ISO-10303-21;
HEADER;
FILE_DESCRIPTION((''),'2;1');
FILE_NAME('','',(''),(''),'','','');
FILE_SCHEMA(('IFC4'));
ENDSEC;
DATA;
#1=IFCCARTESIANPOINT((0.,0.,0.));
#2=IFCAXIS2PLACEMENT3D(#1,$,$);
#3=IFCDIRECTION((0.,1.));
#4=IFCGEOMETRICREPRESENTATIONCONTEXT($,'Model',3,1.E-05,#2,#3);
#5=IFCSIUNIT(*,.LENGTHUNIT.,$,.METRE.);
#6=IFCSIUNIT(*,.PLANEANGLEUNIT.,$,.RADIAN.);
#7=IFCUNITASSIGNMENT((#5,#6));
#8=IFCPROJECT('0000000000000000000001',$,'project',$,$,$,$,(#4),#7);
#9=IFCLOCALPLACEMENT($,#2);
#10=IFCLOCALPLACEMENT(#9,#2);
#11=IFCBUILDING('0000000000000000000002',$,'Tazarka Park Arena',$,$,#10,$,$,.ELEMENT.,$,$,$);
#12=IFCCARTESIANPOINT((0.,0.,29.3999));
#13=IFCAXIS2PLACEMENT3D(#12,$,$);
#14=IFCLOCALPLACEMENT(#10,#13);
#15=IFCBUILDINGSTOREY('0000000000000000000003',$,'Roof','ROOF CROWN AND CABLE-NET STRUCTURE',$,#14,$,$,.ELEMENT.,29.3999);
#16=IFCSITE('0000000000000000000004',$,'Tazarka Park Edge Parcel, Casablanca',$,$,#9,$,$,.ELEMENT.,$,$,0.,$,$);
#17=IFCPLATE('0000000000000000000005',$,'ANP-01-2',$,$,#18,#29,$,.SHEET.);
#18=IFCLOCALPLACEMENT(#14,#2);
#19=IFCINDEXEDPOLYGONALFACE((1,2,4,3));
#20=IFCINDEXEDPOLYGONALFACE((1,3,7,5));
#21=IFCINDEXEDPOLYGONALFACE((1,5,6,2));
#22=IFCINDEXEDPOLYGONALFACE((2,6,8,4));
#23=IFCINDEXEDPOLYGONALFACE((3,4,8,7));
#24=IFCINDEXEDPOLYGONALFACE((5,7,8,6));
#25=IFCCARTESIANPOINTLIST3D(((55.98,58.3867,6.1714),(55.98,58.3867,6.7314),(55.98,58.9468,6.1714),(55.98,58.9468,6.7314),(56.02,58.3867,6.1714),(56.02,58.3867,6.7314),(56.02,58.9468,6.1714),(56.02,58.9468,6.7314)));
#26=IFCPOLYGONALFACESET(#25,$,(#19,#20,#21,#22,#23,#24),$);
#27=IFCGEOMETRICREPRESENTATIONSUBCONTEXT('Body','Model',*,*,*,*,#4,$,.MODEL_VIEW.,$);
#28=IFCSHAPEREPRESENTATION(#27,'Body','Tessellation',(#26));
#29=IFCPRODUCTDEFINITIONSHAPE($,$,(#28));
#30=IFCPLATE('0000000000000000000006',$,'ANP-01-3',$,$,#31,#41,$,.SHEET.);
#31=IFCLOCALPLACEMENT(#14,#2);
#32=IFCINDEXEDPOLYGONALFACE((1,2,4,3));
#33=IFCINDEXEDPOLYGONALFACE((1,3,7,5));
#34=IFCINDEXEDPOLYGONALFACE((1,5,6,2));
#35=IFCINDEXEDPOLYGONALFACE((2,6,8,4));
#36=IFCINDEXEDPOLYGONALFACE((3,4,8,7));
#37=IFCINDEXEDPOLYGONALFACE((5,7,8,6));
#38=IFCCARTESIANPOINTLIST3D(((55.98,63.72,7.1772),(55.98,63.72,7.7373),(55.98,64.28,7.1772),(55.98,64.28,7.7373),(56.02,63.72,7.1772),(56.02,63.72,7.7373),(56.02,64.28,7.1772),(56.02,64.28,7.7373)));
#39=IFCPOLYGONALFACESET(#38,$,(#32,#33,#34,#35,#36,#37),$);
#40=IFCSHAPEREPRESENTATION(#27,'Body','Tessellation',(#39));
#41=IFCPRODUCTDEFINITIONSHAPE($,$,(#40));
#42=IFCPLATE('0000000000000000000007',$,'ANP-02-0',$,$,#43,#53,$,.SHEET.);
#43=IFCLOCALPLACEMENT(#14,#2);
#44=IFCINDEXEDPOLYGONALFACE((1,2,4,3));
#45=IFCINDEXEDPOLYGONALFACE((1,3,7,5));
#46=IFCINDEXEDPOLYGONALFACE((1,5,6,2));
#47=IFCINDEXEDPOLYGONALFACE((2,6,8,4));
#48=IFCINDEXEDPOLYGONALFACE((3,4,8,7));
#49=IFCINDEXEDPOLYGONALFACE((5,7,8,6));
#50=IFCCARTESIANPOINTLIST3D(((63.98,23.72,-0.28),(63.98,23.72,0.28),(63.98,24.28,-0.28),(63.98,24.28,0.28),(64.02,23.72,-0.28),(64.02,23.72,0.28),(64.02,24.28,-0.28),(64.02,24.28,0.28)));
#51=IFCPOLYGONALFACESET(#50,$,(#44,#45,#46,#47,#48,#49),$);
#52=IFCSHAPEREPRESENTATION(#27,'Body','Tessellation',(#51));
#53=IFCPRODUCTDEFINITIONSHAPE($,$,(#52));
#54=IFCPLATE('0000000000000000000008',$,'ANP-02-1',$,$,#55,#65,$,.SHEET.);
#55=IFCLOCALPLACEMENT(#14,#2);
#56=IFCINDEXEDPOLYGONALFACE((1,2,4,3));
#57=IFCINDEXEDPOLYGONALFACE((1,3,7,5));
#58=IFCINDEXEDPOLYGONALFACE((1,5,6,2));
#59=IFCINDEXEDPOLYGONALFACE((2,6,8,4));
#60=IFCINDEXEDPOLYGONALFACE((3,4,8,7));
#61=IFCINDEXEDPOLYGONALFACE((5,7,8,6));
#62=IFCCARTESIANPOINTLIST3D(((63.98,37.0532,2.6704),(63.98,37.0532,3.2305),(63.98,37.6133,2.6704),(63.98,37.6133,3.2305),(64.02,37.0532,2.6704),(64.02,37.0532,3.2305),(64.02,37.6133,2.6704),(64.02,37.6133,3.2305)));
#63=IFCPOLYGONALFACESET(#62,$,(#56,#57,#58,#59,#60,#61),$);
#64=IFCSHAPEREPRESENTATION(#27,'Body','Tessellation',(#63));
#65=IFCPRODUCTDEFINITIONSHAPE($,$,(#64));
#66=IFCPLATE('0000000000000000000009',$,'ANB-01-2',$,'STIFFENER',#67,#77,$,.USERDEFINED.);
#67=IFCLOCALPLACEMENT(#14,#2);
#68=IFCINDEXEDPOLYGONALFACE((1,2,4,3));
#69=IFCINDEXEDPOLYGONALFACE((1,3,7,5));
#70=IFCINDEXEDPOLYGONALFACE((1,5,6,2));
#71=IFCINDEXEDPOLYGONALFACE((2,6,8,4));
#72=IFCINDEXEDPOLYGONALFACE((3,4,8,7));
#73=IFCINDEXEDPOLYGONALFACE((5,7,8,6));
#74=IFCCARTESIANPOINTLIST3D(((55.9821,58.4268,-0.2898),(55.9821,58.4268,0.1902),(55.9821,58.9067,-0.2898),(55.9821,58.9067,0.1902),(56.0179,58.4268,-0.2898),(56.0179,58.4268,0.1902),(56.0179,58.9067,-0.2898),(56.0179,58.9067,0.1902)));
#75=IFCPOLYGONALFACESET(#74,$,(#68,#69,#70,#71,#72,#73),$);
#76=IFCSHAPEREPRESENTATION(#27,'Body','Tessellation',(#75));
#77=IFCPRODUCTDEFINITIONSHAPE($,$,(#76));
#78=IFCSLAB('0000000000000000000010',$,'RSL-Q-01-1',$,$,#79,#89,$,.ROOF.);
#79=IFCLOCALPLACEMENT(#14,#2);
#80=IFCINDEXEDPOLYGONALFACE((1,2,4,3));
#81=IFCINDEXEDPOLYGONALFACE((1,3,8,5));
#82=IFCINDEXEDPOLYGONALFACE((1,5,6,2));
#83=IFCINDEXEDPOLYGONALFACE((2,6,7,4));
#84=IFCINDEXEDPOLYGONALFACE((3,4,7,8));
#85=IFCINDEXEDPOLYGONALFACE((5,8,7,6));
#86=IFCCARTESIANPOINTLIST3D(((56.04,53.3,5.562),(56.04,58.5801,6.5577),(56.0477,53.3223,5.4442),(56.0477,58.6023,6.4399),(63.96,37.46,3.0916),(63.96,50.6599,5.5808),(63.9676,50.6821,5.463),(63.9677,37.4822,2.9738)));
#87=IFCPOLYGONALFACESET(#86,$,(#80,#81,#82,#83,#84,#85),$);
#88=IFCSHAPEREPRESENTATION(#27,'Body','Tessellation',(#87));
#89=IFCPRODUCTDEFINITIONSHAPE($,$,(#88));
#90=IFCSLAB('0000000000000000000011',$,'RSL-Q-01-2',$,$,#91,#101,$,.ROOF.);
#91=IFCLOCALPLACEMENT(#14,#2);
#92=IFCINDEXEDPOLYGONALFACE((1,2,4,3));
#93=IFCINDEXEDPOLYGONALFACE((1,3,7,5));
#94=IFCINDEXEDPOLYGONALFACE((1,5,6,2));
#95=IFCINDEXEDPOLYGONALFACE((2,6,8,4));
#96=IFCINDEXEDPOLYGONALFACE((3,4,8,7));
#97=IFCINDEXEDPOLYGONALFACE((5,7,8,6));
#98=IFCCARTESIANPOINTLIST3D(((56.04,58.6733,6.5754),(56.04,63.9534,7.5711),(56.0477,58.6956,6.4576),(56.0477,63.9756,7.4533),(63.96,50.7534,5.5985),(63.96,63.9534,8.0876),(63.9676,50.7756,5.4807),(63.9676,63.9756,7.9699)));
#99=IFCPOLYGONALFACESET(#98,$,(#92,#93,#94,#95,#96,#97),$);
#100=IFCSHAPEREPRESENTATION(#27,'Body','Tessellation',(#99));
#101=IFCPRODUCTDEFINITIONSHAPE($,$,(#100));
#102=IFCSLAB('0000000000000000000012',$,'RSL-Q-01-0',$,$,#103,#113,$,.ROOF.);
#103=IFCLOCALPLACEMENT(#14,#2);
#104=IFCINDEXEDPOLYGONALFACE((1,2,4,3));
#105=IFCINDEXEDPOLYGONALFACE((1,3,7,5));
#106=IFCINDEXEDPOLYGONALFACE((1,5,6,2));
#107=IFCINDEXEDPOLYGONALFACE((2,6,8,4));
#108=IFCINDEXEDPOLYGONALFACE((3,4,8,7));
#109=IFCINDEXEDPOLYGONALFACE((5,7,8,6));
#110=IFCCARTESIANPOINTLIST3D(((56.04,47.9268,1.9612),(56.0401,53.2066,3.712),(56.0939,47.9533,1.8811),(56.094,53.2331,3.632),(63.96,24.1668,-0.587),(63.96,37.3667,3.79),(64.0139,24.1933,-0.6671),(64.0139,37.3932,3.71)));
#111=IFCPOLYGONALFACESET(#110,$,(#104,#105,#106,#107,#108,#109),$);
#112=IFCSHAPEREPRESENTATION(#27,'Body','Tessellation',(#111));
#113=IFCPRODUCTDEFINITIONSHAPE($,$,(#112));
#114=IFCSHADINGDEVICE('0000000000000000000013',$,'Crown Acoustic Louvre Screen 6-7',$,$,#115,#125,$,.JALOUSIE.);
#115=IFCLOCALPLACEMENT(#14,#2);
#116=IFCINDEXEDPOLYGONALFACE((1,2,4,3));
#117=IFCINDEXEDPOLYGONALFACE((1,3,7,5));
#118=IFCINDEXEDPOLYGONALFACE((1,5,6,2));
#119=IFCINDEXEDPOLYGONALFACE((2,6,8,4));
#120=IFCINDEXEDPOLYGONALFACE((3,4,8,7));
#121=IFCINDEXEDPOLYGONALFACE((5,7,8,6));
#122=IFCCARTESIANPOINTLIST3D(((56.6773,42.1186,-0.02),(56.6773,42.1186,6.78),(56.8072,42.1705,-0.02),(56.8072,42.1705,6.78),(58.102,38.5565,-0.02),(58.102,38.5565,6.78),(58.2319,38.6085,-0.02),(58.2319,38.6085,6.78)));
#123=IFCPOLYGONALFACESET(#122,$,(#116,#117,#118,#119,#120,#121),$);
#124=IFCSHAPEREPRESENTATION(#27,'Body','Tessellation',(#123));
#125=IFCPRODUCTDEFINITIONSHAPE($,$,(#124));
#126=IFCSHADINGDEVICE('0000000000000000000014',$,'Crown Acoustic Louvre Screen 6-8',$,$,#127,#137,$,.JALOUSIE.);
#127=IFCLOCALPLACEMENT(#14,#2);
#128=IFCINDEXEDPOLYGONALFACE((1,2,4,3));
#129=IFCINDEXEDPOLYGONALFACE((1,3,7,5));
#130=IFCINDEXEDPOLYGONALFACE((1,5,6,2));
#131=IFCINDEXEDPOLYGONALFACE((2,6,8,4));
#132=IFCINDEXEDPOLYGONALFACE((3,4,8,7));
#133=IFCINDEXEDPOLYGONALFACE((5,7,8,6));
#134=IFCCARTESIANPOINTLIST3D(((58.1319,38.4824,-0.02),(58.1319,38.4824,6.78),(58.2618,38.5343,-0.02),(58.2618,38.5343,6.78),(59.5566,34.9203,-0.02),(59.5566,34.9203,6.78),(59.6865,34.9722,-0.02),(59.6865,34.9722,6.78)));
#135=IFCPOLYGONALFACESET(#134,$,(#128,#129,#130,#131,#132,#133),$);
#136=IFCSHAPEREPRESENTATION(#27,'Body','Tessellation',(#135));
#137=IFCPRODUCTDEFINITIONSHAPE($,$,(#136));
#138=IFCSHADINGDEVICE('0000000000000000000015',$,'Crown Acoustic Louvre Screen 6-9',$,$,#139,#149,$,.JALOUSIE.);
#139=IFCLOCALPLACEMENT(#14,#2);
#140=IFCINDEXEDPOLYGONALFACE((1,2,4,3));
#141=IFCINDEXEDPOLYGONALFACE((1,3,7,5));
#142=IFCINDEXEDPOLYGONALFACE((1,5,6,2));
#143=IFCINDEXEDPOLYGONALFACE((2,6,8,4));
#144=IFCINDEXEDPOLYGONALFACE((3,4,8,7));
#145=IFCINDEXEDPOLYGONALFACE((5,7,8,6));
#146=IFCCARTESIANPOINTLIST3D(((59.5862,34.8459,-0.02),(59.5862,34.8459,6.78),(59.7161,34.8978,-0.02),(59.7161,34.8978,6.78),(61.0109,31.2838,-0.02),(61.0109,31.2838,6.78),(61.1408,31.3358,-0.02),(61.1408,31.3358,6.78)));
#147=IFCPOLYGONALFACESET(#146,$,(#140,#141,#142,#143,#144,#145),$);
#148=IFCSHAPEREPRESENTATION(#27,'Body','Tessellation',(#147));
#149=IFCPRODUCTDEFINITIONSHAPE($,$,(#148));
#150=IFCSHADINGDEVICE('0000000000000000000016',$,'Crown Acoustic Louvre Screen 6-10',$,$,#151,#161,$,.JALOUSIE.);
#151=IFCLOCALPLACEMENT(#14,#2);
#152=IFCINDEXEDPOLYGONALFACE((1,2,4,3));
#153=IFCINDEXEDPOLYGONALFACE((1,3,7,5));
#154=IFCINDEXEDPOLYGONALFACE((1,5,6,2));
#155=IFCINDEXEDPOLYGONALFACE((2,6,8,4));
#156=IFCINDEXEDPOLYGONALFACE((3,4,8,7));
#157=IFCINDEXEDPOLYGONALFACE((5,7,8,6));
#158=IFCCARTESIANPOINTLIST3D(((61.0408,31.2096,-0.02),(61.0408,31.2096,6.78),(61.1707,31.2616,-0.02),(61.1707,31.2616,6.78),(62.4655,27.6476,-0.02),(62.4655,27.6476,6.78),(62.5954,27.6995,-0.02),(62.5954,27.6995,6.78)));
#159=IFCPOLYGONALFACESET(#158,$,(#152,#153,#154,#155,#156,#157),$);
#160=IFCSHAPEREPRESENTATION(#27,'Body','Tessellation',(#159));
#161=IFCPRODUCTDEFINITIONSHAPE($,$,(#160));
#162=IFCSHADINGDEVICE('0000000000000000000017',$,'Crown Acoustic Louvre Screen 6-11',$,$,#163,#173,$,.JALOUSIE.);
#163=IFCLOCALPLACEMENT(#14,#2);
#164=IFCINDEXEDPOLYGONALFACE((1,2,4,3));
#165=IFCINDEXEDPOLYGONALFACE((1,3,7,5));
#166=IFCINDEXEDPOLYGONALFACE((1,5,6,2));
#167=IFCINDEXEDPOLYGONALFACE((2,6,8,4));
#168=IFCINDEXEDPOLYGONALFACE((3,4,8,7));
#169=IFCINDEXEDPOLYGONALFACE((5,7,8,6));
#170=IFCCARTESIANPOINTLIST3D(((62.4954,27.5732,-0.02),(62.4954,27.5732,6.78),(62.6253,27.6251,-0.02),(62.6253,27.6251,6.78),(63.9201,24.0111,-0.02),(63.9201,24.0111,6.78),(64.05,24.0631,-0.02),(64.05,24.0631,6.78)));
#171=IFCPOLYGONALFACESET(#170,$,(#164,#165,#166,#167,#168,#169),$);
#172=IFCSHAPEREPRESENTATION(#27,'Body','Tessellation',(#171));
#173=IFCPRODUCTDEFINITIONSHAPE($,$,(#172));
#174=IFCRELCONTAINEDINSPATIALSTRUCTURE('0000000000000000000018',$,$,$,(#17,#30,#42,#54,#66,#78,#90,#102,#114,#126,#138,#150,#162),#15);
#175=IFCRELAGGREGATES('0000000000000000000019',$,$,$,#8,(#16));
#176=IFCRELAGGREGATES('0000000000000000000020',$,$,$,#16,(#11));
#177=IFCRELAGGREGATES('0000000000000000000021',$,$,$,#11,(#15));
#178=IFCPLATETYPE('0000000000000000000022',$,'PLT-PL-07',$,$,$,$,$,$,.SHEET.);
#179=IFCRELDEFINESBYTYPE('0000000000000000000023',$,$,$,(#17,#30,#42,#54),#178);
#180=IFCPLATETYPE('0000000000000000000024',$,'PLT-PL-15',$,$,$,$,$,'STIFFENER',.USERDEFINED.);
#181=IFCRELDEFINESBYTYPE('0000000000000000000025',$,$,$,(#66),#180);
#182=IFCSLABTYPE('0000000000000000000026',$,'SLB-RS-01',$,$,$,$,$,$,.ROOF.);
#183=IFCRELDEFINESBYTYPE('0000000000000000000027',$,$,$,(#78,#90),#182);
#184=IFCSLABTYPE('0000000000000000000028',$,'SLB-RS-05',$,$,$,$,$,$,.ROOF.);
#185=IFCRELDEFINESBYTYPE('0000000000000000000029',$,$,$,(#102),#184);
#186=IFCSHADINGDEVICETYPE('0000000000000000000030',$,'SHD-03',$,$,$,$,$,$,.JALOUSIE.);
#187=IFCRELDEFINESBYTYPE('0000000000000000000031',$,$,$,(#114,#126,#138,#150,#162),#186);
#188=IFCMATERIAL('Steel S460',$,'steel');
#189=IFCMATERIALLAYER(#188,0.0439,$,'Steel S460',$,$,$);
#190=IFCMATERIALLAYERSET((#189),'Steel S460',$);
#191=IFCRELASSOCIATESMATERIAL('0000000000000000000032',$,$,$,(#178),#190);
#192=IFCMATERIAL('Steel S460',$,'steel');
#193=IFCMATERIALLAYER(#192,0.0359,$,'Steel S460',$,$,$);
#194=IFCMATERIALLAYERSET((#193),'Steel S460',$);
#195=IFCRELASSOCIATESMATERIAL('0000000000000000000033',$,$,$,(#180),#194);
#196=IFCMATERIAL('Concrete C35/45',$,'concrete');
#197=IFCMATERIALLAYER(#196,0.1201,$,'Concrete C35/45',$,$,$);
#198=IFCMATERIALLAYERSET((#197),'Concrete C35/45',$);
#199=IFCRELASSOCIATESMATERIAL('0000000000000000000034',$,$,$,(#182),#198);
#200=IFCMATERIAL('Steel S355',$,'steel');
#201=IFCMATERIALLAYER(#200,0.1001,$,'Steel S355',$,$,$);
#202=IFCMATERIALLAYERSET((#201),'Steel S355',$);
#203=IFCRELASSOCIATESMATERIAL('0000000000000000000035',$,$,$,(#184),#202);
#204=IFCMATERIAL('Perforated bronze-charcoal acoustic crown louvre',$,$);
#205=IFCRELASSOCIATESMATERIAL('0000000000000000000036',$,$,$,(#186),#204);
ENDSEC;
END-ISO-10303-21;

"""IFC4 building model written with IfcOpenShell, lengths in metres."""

from ifc_helpers import new_model, si_unit, direction, frame, origin, origin_2d, place, context, subcontext, project, spatial, polyline, rectangle, outline, extrude, material, layer, layer_set, type_object, element, save


model = new_model("IFC4")

# Units and contexts
model_context = context("Model", 3, precision=1e-05, world=origin(), true_north=direction((0.0, 1.0)))
body_context = subcontext(model_context, "Body", "Model", "MODEL_VIEW")
ifc_project = project(units=[si_unit("LENGTHUNIT", "METRE"), si_unit("PLANEANGLEUNIT", "RADIAN")], contexts=[model_context])

# Site, building, storey
site_placement = place(None, origin())
site = spatial("IfcSite", under=ifc_project, at=site_placement, Name="Tazarka Park Edge Parcel, Casablanca", CompositionType="ELEMENT", RefElevation=0.0)
building_placement = place(site_placement, origin())
building = spatial("IfcBuilding", under=site, at=building_placement, Name="Tazarka Park Arena", CompositionType="ELEMENT")
storey_placement = place(building_placement, frame((0.0, 0.0, 29.3999)))
storey = spatial("IfcBuildingStorey", under=building, at=storey_placement, Name="Roof", Description="ROOF CROWN AND CABLE-NET STRUCTURE", CompositionType="ELEMENT", Elevation=29.3999)

# Plates
ifc_material_1 = material(Name="Steel S460", Category="steel")
ifc_layer_1 = layer(ifc_material_1, 0.0439, Name="Steel S460")
ifc_layer_set_1 = layer_set([ifc_layer_1], Name="Steel S460")
plate_type_1 = type_object("IfcPlateType", Name="PLT-PL-07", PredefinedType="SHEET", material=ifc_layer_set_1)
for number, where, z_axis, x_axis, name in (
    (1, (56.0, 58.6667, 6.1714), (0.0, 0.0, 1.0), (1.0, 0.0, 0.0), "ANP-01-2"),
    (2, (56.0, 64.0, 7.1772), (0.0, 0.0, 1.0), (1.0, 0.0, 0.0), "ANP-01-3"),
    (3, (64.0, 24.0, -0.28), (0.0, 0.0, 1.0), (1.0, 0.0, 0.0), "ANP-02-0"),
    (4, (64.0, 37.3333, 2.6704), (0.0, 0.0, 1.0), (1.0, 0.0, 0.0), "ANP-02-1"),
):
    element("IfcPlate", number, at=place(storey_placement, frame(where, z_axis=z_axis, x_axis=x_axis)), inside=storey, type_object=plate_type_1, Name=name, PredefinedType="SHEET", context=body_context, shape_type="SweptSolid", body=[
        extrude(rectangle(XDim=0.04, YDim=0.5601, at=origin_2d()), origin(), (0.0, 0.0, 1.0), 0.5601),
    ])
ifc_material_2 = material(Name="Steel S460", Category="steel")
ifc_layer_2 = layer(ifc_material_2, 0.0359, Name="Steel S460")
ifc_layer_set_2 = layer_set([ifc_layer_2], Name="Steel S460")
plate_type_2 = type_object("IfcPlateType", Name="PLT-PL-15", ElementType="STIFFENER", PredefinedType="USERDEFINED", material=ifc_layer_set_2)
plate_placement = place(storey_placement, frame((56.0, 58.6667, -0.2898), z_axis=(0.0, 0.0, 1.0), x_axis=(1.0, 0.0, 0.0)))
element("IfcPlate", 5, at=plate_placement, inside=storey, type_object=plate_type_2, Name="ANB-01-2", ObjectType="STIFFENER", PredefinedType="USERDEFINED", context=body_context, shape_type="SweptSolid", body=[
    extrude(rectangle(XDim=0.0359, YDim=0.48, at=origin_2d()), origin(), (0.0, 0.0, 1.0), 0.48),
])

# Slabs
ifc_material_3 = material(Name="Concrete C35/45", Category="concrete")
ifc_layer_3 = layer(ifc_material_3, 0.1201, Name="Concrete C35/45")
ifc_layer_set_3 = layer_set([ifc_layer_3], Name="Concrete C35/45")
slab_type_1 = type_object("IfcSlabType", Name="SLB-RS-01", PredefinedType="ROOF", material=ifc_layer_set_3)
slab_1_placement = place(storey_placement, frame((56.04, 53.3, 5.562), z_axis=(-0.063975, -0.184929, 0.980667), x_axis=(0.442921, -0.885852, -0.138155)))
element("IfcSlab", 6, at=slab_1_placement, inside=storey, type_object=slab_type_1, Name="RSL-Q-01-1", PredefinedType="ROOF", context=body_context, shape_type="SweptSolid", body=[
    extrude(outline(polyline([(0.0, 0.0), (17.8811, 0.0), (5.8441, 5.9618), (-4.8149, 2.3848), (0.0, 0.0)])), origin(), (0.0, 0.0, -1.0), 0.1201),
])
slab_2_placement = place(storey_placement, frame((56.04, 58.6733, 6.5754), z_axis=(-0.063958, -0.18493, 0.980668), x_axis=(0.704431, -0.704433, -0.086897)))
element("IfcSlab", 7, at=slab_2_placement, inside=storey, type_object=slab_type_1, Name="RSL-Q-01-2", PredefinedType="ROOF", context=body_context, shape_type="SweptSolid", body=[
    extrude(outline(polyline([(0.0, 0.0), (11.243, 0.0), (1.7282, 9.4818), (-3.8059, 3.7927), (0.0, 0.0)])), origin(), (0.0, 0.0, -1.0), 0.1201),
])
ifc_material_4 = material(Name="Steel S355", Category="steel")
ifc_layer_4 = layer(ifc_material_4, 0.1001, Name="Steel S355")
ifc_layer_set_4 = layer_set([ifc_layer_4], Name="Steel S355")
slab_type_2 = type_object("IfcSlabType", Name="SLB-RS-05", PredefinedType="ROOF", material=ifc_layer_set_4)
slab_3_placement = place(storey_placement, frame((56.04, 47.9268, 1.9612), z_axis=(-0.538368, -0.265242, 0.799879), x_axis=(0.314604, -0.943811, -0.101222)))
element("IfcSlab", 8, at=slab_3_placement, inside=storey, type_object=slab_type_2, Name="RSL-Q-01-0", PredefinedType="ROOF", context=body_context, shape_type="SweptSolid", body=[
    extrude(outline(polyline([(0.0, 0.0), (25.1745, 0.0), (12.2732, 5.1916), (-5.1604, 2.0767), (0.0, 0.0)])), origin(), (0.0, 0.0, -1.0), 0.1001),
])

# Shading devices
ifc_material_5 = material(Name="Perforated bronze-charcoal acoustic crown louvre")
shading_device_type = type_object("IfcShadingDeviceType", Name="SHD-03", PredefinedType="JALOUSIE", material=ifc_material_5)
for number, where, z_axis, x_axis, name in (
    (9, (57.4546, 40.3635, -0.02), (0.0, 0.0, 1.0), (0.371368, -0.928486, 0.0), "Crown Acoustic Louvre Screen 6-7"),
    (10, (58.9092, 36.7273, -0.02), (0.0, 0.0, 1.0), (0.371368, -0.928486, 0.0), "Crown Acoustic Louvre Screen 6-8"),
    (11, (60.3635, 33.0908, -0.02), (0.0, 0.0, 1.0), (0.371368, -0.928486, 0.0), "Crown Acoustic Louvre Screen 6-9"),
    (12, (61.8181, 29.4546, -0.02), (0.0, 0.0, 1.0), (0.371368, -0.928486, 0.0), "Crown Acoustic Louvre Screen 6-10"),
    (13, (63.2727, 25.8181, -0.02), (0.0, 0.0, 1.0), (0.371368, -0.928486, 0.0), "Crown Acoustic Louvre Screen 6-11"),
):
    element("IfcShadingDevice", number, at=place(storey_placement, frame(where, z_axis=z_axis, x_axis=x_axis)), inside=storey, type_object=shading_device_type, Name=name, PredefinedType="JALOUSIE", context=body_context, shape_type="SweptSolid", body=[
        extrude(rectangle(XDim=3.8364, YDim=0.1399, at=origin_2d()), origin(), (0.0, 0.0, 1.0), 6.8),
    ])

save(model, "model.ifc")
